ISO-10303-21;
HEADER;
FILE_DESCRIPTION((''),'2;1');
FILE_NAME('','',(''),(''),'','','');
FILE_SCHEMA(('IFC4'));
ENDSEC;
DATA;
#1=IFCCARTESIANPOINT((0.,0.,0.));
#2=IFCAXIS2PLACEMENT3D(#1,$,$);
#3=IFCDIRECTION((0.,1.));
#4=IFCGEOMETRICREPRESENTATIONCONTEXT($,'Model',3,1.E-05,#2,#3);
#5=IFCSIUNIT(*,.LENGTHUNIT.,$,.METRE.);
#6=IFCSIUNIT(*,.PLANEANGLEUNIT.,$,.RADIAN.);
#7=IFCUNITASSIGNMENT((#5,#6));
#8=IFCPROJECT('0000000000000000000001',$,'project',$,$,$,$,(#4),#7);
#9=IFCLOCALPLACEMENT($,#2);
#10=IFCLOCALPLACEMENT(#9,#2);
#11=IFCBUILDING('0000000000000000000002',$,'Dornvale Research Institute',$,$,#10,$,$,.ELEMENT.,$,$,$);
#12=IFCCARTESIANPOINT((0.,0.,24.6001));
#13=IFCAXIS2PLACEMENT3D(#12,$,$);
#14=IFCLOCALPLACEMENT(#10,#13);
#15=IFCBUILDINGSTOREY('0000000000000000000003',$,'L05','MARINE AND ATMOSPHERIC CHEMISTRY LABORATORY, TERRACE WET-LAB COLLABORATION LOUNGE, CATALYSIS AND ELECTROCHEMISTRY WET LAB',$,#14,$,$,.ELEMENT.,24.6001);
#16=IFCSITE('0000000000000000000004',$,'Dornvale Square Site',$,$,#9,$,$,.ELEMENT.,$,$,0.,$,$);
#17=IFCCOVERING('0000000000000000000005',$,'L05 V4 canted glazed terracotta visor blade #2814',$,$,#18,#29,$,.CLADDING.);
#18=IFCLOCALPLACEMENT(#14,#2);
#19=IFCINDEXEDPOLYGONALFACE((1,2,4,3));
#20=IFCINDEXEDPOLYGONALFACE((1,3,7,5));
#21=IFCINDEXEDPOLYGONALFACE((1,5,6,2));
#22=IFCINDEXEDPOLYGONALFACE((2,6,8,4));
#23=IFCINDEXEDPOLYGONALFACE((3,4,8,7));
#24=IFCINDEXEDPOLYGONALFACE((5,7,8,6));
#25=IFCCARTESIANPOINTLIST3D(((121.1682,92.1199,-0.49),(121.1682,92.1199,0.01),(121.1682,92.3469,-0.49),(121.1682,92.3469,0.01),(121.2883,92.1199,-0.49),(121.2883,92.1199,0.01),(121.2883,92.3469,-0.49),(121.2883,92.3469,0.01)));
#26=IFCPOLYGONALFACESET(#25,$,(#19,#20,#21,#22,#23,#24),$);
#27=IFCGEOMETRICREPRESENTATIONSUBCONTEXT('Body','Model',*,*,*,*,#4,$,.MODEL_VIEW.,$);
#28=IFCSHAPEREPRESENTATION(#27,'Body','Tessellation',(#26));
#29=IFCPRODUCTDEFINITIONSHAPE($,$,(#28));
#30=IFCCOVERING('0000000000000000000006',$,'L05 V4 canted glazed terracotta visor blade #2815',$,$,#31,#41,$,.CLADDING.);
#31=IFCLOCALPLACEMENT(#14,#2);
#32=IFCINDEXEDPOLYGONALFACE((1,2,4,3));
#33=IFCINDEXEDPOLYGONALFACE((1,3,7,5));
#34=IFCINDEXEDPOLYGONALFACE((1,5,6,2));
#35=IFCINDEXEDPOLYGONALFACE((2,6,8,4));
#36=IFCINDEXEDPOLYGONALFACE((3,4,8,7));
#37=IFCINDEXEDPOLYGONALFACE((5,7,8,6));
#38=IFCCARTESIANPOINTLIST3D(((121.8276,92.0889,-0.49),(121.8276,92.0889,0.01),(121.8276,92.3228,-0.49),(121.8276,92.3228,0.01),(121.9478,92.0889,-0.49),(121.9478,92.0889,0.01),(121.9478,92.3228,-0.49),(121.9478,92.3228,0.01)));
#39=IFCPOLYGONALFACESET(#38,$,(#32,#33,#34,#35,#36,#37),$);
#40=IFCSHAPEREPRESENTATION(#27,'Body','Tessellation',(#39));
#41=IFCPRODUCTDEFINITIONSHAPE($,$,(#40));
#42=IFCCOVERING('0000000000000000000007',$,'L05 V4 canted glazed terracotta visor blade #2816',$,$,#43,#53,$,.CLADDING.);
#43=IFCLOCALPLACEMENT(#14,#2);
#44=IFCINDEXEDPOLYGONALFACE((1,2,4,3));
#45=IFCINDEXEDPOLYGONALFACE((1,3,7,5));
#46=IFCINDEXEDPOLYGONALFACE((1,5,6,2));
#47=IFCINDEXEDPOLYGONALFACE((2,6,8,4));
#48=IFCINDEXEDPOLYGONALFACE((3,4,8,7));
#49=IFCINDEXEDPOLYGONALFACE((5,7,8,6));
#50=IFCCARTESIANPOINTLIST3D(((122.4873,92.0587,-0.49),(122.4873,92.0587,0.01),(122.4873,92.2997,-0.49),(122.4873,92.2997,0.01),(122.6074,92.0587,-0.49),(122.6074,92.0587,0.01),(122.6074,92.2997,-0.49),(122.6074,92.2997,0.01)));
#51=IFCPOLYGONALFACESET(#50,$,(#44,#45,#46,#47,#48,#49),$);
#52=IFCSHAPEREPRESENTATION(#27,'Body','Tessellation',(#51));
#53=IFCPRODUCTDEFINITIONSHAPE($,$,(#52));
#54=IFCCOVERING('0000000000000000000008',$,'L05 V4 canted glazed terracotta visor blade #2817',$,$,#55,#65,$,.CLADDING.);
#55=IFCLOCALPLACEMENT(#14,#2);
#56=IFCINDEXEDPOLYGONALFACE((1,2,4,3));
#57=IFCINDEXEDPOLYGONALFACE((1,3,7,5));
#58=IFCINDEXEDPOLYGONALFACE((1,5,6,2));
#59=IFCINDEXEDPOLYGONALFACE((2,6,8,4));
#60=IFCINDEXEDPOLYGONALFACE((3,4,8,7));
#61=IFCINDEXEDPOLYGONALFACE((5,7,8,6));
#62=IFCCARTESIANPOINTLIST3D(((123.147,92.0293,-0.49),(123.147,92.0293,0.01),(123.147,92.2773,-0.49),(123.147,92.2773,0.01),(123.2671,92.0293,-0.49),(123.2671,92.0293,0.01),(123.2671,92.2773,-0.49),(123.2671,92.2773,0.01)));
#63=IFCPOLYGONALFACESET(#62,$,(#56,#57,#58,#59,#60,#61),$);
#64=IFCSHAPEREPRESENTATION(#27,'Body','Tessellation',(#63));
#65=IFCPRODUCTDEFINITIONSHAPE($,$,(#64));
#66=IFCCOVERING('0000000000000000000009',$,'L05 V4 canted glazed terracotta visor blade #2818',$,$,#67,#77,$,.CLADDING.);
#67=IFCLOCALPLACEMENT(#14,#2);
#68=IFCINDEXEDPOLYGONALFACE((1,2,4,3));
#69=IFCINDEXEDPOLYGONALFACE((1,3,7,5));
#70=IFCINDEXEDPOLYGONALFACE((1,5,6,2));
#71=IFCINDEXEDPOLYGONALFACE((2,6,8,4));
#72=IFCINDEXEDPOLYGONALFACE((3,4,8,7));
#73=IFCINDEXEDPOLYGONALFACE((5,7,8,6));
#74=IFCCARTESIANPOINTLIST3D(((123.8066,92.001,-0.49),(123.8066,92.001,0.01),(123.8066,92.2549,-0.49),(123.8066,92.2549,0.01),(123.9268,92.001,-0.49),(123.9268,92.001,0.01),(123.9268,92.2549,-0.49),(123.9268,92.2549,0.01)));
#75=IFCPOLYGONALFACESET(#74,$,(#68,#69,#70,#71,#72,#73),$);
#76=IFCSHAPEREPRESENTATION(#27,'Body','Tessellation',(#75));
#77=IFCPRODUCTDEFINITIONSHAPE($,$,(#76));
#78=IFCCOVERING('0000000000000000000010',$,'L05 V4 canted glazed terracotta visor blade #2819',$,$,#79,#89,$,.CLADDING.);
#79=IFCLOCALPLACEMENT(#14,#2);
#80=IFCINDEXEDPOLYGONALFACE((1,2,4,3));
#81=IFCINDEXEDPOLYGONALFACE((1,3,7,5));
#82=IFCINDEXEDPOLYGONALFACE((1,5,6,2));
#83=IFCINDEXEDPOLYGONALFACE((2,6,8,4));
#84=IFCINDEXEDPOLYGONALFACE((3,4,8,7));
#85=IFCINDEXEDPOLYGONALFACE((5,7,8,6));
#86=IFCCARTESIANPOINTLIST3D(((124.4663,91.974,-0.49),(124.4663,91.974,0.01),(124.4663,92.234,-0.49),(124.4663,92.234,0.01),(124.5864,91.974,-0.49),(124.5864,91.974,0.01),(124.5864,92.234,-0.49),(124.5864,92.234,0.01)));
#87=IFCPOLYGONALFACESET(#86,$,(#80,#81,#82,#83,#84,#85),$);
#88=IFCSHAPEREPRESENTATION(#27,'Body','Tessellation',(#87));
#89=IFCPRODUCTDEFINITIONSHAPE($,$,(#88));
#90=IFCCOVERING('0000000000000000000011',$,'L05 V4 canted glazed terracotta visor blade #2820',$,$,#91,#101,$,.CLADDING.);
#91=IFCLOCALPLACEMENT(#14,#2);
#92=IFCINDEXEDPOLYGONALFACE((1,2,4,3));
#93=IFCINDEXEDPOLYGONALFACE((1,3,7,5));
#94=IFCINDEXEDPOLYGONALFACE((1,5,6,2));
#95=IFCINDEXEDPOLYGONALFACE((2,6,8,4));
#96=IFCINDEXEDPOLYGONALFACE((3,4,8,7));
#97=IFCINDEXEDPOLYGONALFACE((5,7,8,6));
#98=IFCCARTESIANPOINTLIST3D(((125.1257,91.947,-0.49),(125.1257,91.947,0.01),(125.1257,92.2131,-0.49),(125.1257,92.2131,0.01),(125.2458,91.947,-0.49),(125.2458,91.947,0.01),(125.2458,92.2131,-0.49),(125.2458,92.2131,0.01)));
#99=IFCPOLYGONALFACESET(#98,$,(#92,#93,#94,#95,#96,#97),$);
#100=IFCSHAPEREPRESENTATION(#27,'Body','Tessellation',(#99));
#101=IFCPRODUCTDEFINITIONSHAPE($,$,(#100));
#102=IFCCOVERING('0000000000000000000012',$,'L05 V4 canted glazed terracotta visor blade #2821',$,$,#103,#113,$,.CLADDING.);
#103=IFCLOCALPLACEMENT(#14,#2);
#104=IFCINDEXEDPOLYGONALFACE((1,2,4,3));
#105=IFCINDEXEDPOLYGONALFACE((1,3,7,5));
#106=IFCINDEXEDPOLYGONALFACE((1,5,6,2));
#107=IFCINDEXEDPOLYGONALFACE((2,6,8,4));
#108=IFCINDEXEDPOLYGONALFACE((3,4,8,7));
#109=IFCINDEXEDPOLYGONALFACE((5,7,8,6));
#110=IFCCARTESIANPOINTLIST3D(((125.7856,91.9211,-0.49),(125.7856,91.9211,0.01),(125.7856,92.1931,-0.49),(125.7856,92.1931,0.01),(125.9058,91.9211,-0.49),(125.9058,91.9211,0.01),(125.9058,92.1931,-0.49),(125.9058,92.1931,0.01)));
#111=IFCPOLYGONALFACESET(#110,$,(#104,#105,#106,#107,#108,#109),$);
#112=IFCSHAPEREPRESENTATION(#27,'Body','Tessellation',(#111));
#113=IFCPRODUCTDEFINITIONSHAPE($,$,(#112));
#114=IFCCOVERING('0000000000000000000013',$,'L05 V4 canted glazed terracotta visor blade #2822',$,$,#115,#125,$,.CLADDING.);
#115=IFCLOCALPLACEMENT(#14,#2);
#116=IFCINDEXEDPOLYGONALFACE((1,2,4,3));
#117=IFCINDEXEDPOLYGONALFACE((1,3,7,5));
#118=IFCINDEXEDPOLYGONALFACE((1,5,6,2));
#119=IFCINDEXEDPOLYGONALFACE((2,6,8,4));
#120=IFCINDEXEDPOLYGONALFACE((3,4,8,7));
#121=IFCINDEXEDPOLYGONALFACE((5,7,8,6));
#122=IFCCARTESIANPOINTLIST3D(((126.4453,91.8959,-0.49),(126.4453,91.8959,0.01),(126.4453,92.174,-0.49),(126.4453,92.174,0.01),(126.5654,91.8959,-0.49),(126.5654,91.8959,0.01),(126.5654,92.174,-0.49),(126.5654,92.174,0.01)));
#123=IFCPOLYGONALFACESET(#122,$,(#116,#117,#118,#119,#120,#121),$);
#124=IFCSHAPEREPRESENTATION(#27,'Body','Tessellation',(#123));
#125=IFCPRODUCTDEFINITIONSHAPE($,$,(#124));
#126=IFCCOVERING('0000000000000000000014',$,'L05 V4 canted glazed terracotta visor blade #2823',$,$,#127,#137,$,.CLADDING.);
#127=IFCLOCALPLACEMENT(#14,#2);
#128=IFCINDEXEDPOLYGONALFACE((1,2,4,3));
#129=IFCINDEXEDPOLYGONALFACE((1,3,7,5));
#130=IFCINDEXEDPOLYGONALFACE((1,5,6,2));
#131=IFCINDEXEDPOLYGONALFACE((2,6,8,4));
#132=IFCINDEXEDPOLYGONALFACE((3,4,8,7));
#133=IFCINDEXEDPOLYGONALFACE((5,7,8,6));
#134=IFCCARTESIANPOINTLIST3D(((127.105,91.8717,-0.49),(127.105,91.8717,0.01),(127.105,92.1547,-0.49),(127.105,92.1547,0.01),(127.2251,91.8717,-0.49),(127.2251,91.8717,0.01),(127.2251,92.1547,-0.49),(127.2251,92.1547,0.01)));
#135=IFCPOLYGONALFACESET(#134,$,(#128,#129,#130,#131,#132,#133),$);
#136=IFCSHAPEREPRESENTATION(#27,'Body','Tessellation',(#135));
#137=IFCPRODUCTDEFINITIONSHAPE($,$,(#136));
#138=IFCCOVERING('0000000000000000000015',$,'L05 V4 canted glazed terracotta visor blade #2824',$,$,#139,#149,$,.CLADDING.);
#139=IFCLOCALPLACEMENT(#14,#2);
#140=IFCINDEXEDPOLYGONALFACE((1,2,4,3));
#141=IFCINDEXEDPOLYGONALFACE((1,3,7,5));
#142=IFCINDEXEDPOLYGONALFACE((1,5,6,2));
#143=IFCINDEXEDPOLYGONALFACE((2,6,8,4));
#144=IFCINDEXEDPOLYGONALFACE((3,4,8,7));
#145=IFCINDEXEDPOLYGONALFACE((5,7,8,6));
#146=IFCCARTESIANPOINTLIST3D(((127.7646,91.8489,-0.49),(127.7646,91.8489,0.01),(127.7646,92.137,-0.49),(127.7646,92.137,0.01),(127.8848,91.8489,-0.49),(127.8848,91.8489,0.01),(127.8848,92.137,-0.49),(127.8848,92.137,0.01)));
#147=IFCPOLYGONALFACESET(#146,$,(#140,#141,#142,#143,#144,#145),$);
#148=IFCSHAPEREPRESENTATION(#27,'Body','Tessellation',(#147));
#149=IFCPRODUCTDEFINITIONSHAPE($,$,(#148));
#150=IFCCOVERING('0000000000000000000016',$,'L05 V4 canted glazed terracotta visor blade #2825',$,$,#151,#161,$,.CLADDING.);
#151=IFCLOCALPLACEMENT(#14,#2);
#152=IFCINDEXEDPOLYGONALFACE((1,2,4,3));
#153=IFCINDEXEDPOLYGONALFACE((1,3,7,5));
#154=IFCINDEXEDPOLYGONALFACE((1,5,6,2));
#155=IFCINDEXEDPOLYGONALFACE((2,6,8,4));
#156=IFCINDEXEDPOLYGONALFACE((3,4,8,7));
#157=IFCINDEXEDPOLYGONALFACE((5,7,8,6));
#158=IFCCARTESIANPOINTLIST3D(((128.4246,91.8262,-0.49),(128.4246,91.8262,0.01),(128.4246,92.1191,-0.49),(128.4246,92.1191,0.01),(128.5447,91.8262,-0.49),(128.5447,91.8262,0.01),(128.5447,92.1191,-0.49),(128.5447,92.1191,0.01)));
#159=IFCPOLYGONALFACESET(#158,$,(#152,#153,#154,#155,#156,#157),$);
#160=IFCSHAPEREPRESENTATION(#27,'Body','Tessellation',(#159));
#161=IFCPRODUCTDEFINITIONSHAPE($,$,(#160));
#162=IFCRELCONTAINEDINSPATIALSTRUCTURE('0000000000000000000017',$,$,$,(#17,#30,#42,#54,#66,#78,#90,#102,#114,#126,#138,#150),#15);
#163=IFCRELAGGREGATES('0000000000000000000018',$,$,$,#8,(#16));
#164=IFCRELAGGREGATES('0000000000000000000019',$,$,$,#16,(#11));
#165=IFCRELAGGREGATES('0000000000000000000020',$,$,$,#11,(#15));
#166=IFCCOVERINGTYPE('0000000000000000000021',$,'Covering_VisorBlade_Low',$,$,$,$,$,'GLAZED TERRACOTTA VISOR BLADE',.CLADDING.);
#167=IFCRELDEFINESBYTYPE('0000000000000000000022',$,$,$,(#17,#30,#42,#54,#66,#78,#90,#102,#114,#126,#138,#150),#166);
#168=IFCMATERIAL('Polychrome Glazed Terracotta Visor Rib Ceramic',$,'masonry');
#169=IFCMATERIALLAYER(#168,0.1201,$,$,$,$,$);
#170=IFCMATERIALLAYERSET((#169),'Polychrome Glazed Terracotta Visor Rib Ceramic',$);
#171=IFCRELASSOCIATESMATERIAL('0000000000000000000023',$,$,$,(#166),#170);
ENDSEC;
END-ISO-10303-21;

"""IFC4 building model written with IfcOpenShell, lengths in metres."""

from ifc_helpers import new_model, si_unit, direction, frame, origin, origin_2d, place, context, subcontext, project, spatial, rectangle, extrude, material, layer, layer_set, type_object, element, save


model = new_model("IFC4")

# Units and contexts
model_context = context("Model", 3, precision=1e-05, world=origin(), true_north=direction((0.0, 1.0)))
body_context = subcontext(model_context, "Body", "Model", "MODEL_VIEW")
ifc_project = project(units=[si_unit("LENGTHUNIT", "METRE"), si_unit("PLANEANGLEUNIT", "RADIAN")], contexts=[model_context])

# Site, building, storey
site_placement = place(None, origin())
site = spatial("IfcSite", under=ifc_project, at=site_placement, Name="Dornvale Square Site", CompositionType="ELEMENT", RefElevation=0.0)
building_placement = place(site_placement, origin())
building = spatial("IfcBuilding", under=site, at=building_placement, Name="Dornvale Research Institute", CompositionType="ELEMENT")
storey_placement = place(building_placement, frame((0.0, 0.0, 24.6001)))
storey = spatial("IfcBuildingStorey", under=building, at=storey_placement, Name="L05", Description="MARINE AND ATMOSPHERIC CHEMISTRY LABORATORY, TERRACE WET-LAB COLLABORATION LOUNGE, CATALYSIS AND ELECTROCHEMISTRY WET LAB", CompositionType="ELEMENT", Elevation=24.6001)

# Coverings
ifc_material_1 = material(Name="Polychrome Glazed Terracotta Visor Rib Ceramic", Category="masonry")
ifc_layer_1 = layer(ifc_material_1, 0.1201)
ifc_layer_set_1 = layer_set([ifc_layer_1], Name="Polychrome Glazed Terracotta Visor Rib Ceramic")
covering_type = type_object("IfcCoveringType", Name="Covering_VisorBlade_Low", ElementType="GLAZED TERRACOTTA VISOR BLADE", PredefinedType="CLADDING", material=ifc_layer_set_1)
covering_1_placement = place(storey_placement, frame((121.2283, 92.2334, -0.49), z_axis=(0.0, 0.0, 1.0), x_axis=(0.0, 1.0, 0.0)))
element("IfcCovering", 1, at=covering_1_placement, inside=storey, type_object=covering_type, Name="L05 V4 canted glazed terracotta visor blade #2814", PredefinedType="CLADDING", context=body_context, shape_type="SweptSolid", body=[
    extrude(rectangle(XDim=0.2271, YDim=0.1201, at=origin_2d()), origin(), (0.0, 0.0, 1.0), 0.5),
])
covering_2_placement = place(storey_placement, frame((121.8877, 92.2058, -0.49), z_axis=(0.0, 0.0, 1.0), x_axis=(0.0, 1.0, 0.0)))
element("IfcCovering", 2, at=covering_2_placement, inside=storey, type_object=covering_type, Name="L05 V4 canted glazed terracotta visor blade #2815", PredefinedType="CLADDING", context=body_context, shape_type="SweptSolid", body=[
    extrude(rectangle(XDim=0.2339, YDim=0.1201, at=origin_2d()), origin(), (0.0, 0.0, 1.0), 0.5),
])
covering_3_placement = place(storey_placement, frame((122.5474, 92.1792, -0.49), z_axis=(0.0, 0.0, 1.0), x_axis=(0.0, 1.0, 0.0)))
element("IfcCovering", 3, at=covering_3_placement, inside=storey, type_object=covering_type, Name="L05 V4 canted glazed terracotta visor blade #2816", PredefinedType="CLADDING", context=body_context, shape_type="SweptSolid", body=[
    extrude(rectangle(XDim=0.241, YDim=0.1201, at=origin_2d()), origin(), (0.0, 0.0, 1.0), 0.5),
])
covering_4_placement = place(storey_placement, frame((123.207, 92.1533, -0.49), z_axis=(0.0, 0.0, 1.0), x_axis=(0.0, 1.0, 0.0)))
element("IfcCovering", 4, at=covering_4_placement, inside=storey, type_object=covering_type, Name="L05 V4 canted glazed terracotta visor blade #2817", PredefinedType="CLADDING", context=body_context, shape_type="SweptSolid", body=[
    extrude(rectangle(XDim=0.248, YDim=0.1201, at=origin_2d()), origin(), (0.0, 0.0, 1.0), 0.5),
])
covering_5_placement = place(storey_placement, frame((123.8667, 92.1279, -0.49), z_axis=(0.0, 0.0, 1.0), x_axis=(0.0, 1.0, 0.0)))
element("IfcCovering", 5, at=covering_5_placement, inside=storey, type_object=covering_type, Name="L05 V4 canted glazed terracotta visor blade #2818", PredefinedType="CLADDING", context=body_context, shape_type="SweptSolid", body=[
    extrude(rectangle(XDim=0.2539, YDim=0.1201, at=origin_2d()), origin(), (0.0, 0.0, 1.0), 0.5),
])
covering_6_placement = place(storey_placement, frame((124.5264, 92.104, -0.49), z_axis=(0.0, 0.0, 1.0), x_axis=(0.0, 1.0, 0.0)))
element("IfcCovering", 6, at=covering_6_placement, inside=storey, type_object=covering_type, Name="L05 V4 canted glazed terracotta visor blade #2819", PredefinedType="CLADDING", context=body_context, shape_type="SweptSolid", body=[
    extrude(rectangle(XDim=0.26, YDim=0.1201, at=origin_2d()), origin(), (0.0, 0.0, 1.0), 0.5),
])
covering_7_placement = place(storey_placement, frame((125.1858, 92.0801, -0.49), z_axis=(0.0, 0.0, 1.0), x_axis=(0.0, 1.0, 0.0)))
element("IfcCovering", 7, at=covering_7_placement, inside=storey, type_object=covering_type, Name="L05 V4 canted glazed terracotta visor blade #2820", PredefinedType="CLADDING", context=body_context, shape_type="SweptSolid", body=[
    extrude(rectangle(XDim=0.2661, YDim=0.1201, at=origin_2d()), origin(), (0.0, 0.0, 1.0), 0.5),
])
covering_8_placement = place(storey_placement, frame((125.8457, 92.0571, -0.49), z_axis=(0.0, 0.0, 1.0), x_axis=(0.0, 1.0, 0.0)))
element("IfcCovering", 8, at=covering_8_placement, inside=storey, type_object=covering_type, Name="L05 V4 canted glazed terracotta visor blade #2821", PredefinedType="CLADDING", context=body_context, shape_type="SweptSolid", body=[
    extrude(rectangle(XDim=0.272, YDim=0.1201, at=origin_2d()), origin(), (0.0, 0.0, 1.0), 0.5),
])
covering_9_placement = place(storey_placement, frame((126.5054, 92.0349, -0.49), z_axis=(0.0, 0.0, 1.0), x_axis=(0.0, 1.0, 0.0)))
element("IfcCovering", 9, at=covering_9_placement, inside=storey, type_object=covering_type, Name="L05 V4 canted glazed terracotta visor blade #2822", PredefinedType="CLADDING", context=body_context, shape_type="SweptSolid", body=[
    extrude(rectangle(XDim=0.2781, YDim=0.1201, at=origin_2d()), origin(), (0.0, 0.0, 1.0), 0.5),
])
covering_10_placement = place(storey_placement, frame((127.165, 92.0132, -0.49), z_axis=(0.0, 0.0, 1.0), x_axis=(0.0, 1.0, 0.0)))
element("IfcCovering", 10, at=covering_10_placement, inside=storey, type_object=covering_type, Name="L05 V4 canted glazed terracotta visor blade #2823", PredefinedType="CLADDING", context=body_context, shape_type="SweptSolid", body=[
    extrude(rectangle(XDim=0.283, YDim=0.1201, at=origin_2d()), origin(), (0.0, 0.0, 1.0), 0.5),
])
covering_11_placement = place(storey_placement, frame((127.8247, 91.9929, -0.49), z_axis=(0.0, 0.0, 1.0), x_axis=(0.0, 1.0, 0.0)))
element("IfcCovering", 11, at=covering_11_placement, inside=storey, type_object=covering_type, Name="L05 V4 canted glazed terracotta visor blade #2824", PredefinedType="CLADDING", context=body_context, shape_type="SweptSolid", body=[
    extrude(rectangle(XDim=0.2881, YDim=0.1201, at=origin_2d()), origin(), (0.0, 0.0, 1.0), 0.5),
])
covering_12_placement = place(storey_placement, frame((128.4846, 91.9727, -0.49), z_axis=(0.0, 0.0, 1.0), x_axis=(0.0, 1.0, 0.0)))
element("IfcCovering", 12, at=covering_12_placement, inside=storey, type_object=covering_type, Name="L05 V4 canted glazed terracotta visor blade #2825", PredefinedType="CLADDING", context=body_context, shape_type="SweptSolid", body=[
    extrude(rectangle(XDim=0.293, YDim=0.1201, at=origin_2d()), origin(), (0.0, 0.0, 1.0), 0.5),
])

save(model, "model.ifc")
